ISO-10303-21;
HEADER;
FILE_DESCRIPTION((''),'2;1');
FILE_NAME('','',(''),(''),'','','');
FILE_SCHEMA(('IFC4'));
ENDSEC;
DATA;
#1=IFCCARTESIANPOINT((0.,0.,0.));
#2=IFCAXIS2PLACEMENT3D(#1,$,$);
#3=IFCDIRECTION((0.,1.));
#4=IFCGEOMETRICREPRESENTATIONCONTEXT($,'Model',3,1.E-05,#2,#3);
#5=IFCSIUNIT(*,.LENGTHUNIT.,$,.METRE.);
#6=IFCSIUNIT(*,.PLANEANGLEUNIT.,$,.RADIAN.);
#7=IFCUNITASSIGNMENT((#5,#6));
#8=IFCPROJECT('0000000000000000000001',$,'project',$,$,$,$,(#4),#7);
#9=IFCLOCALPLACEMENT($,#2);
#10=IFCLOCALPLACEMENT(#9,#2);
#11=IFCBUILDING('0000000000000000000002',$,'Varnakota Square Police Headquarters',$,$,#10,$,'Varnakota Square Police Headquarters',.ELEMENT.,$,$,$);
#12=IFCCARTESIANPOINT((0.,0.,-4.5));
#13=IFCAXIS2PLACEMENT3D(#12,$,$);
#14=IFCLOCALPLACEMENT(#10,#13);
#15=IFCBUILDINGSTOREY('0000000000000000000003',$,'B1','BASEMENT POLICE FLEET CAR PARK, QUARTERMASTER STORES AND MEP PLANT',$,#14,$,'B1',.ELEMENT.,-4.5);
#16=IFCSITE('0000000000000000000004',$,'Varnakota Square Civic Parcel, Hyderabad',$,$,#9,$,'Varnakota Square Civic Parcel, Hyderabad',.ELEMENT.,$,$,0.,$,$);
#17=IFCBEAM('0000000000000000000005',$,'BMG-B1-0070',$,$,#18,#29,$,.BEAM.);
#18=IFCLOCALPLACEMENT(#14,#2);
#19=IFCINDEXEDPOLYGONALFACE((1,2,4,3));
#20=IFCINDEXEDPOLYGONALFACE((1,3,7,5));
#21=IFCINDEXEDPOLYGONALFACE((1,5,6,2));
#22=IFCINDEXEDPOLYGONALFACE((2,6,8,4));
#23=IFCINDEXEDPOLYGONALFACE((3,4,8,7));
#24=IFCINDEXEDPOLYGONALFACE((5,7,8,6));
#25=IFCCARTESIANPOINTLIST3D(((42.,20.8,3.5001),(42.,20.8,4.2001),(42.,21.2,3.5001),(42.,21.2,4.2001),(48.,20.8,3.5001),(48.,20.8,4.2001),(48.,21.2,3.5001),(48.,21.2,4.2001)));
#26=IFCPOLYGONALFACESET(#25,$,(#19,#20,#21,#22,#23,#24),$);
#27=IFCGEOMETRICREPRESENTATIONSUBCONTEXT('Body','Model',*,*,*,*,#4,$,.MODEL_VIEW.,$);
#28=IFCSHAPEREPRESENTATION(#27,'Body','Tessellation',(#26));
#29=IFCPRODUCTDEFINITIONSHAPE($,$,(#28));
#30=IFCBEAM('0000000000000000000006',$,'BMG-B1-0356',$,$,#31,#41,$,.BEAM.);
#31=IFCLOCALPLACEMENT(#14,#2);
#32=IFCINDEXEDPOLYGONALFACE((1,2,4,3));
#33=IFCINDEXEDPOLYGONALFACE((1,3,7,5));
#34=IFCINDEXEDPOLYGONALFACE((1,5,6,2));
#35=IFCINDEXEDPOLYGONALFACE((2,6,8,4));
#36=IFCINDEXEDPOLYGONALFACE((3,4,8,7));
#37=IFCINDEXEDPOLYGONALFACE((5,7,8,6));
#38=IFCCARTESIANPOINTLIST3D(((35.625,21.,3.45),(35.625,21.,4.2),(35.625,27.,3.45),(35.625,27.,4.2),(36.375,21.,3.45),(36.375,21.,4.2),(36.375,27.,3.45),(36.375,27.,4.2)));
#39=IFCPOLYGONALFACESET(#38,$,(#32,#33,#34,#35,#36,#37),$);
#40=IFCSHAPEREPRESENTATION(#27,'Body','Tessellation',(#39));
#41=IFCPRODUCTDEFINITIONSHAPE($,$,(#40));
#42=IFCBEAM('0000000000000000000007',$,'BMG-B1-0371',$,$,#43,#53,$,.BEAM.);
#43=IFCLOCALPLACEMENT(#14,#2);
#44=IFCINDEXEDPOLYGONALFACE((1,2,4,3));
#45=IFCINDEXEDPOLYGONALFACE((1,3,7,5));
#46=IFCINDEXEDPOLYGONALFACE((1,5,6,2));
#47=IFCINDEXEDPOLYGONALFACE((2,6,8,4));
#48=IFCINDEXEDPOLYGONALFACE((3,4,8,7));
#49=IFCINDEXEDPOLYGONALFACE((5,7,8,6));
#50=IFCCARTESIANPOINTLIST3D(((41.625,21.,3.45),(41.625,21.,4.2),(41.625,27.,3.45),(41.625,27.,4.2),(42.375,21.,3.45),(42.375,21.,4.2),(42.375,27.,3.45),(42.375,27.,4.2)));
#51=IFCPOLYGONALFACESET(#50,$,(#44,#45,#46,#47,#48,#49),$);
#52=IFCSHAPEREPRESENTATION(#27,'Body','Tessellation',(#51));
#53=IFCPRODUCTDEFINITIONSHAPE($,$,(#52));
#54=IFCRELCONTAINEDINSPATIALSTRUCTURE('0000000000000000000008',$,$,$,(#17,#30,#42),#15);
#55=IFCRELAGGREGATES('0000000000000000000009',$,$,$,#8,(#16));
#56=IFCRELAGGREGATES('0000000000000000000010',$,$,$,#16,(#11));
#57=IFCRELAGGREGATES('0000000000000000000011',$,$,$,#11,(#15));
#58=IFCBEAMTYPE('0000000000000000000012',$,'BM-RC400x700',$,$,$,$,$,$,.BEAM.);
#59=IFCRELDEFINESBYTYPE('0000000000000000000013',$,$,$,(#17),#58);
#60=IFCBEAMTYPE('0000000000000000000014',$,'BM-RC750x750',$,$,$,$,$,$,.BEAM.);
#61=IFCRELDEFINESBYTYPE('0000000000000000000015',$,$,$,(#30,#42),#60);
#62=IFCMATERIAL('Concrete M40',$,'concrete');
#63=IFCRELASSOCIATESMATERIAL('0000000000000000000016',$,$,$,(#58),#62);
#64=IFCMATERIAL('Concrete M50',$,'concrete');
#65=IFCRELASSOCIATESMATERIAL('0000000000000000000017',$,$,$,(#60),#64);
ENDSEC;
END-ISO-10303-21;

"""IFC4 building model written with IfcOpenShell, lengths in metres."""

from ifc_helpers import new_model, si_unit, direction, frame, origin, origin_2d, place, context, subcontext, project, spatial, rectangle, extrude, material, material_profile, profile_set, type_object, element, save


model = new_model("IFC4")

# Units and contexts
model_context = context("Model", 3, precision=1e-05, world=origin(), true_north=direction((0.0, 1.0)))
body_context = subcontext(model_context, "Body", "Model", "MODEL_VIEW")
ifc_project = project(units=[si_unit("LENGTHUNIT", "METRE"), si_unit("PLANEANGLEUNIT", "RADIAN")], contexts=[model_context])

# Site, building, storey
site_placement = place(None, origin())
site = spatial("IfcSite", under=ifc_project, at=site_placement, Name="Varnakota Square Civic Parcel, Hyderabad", LongName="Varnakota Square Civic Parcel, Hyderabad", CompositionType="ELEMENT", RefElevation=0.0)
building_placement = place(site_placement, origin())
building = spatial("IfcBuilding", under=site, at=building_placement, Name="Varnakota Square Police Headquarters", LongName="Varnakota Square Police Headquarters", CompositionType="ELEMENT")
storey_placement = place(building_placement, frame((0.0, 0.0, -4.5)))
storey = spatial("IfcBuildingStorey", under=building, at=storey_placement, Name="B1", Description="BASEMENT POLICE FLEET CAR PARK, QUARTERMASTER STORES AND MEP PLANT", LongName="B1", CompositionType="ELEMENT", Elevation=-4.5)

# Shared definitions
ifc_material_1 = material(Name="Concrete M40", Category="concrete")
ifc_material_2 = material(Name="Concrete M50", Category="concrete")

# Beams
ifc_material_profile_1 = material_profile(ifc_material_1, rectangle(XDim=0.3999, YDim=0.7, at=origin_2d()), Name="RC 400x700")
ifc_profile_set_1 = profile_set([ifc_material_profile_1], Name="Concrete M40")
beam_type_1 = type_object("IfcBeamType", Name="BM-RC400x700", PredefinedType="BEAM", material=ifc_profile_set_1)
for number, where, z_axis, x_axis, name in (
    (1, (42.0, 21.0, 3.8501), (1.0, 0.0, 0.0), (0.0, 1.0, 0.0), "BMG-B1-0070"),
):
    element("IfcBeam", number, at=place(storey_placement, frame(where, z_axis=z_axis, x_axis=x_axis)), inside=storey, type_object=beam_type_1, Name=name, PredefinedType="BEAM", context=body_context, shape_type="SweptSolid", body=[
        extrude(rectangle(XDim=0.3999, YDim=0.7, at=origin_2d()), origin(), (0.0, 0.0, 1.0), 6.0),
    ])
ifc_material_profile_2 = material_profile(ifc_material_2, rectangle(XDim=0.75, YDim=0.75, at=origin_2d()), Name="RC 750x750")
ifc_profile_set_2 = profile_set([ifc_material_profile_2], Name="Concrete M50")
beam_type_2 = type_object("IfcBeamType", Name="BM-RC750x750", PredefinedType="BEAM", material=ifc_profile_set_2)
for number, where, z_axis, x_axis, name in (
    (2, (36.0, 21.0, 3.825), (0.0, 1.0, 0.0), (-1.0, 0.0, 0.0), "BMG-B1-0356"),
    (3, (42.0, 21.0, 3.825), (0.0, 1.0, 0.0), (-1.0, 0.0, 0.0), "BMG-B1-0371"),
):
    element("IfcBeam", number, at=place(storey_placement, frame(where, z_axis=z_axis, x_axis=x_axis)), inside=storey, type_object=beam_type_2, Name=name, PredefinedType="BEAM", context=body_context, shape_type="SweptSolid", body=[
        extrude(rectangle(XDim=0.75, YDim=0.75, at=origin_2d()), origin(), (0.0, 0.0, 1.0), 6.0),
    ])

save(model, "model.ifc")
